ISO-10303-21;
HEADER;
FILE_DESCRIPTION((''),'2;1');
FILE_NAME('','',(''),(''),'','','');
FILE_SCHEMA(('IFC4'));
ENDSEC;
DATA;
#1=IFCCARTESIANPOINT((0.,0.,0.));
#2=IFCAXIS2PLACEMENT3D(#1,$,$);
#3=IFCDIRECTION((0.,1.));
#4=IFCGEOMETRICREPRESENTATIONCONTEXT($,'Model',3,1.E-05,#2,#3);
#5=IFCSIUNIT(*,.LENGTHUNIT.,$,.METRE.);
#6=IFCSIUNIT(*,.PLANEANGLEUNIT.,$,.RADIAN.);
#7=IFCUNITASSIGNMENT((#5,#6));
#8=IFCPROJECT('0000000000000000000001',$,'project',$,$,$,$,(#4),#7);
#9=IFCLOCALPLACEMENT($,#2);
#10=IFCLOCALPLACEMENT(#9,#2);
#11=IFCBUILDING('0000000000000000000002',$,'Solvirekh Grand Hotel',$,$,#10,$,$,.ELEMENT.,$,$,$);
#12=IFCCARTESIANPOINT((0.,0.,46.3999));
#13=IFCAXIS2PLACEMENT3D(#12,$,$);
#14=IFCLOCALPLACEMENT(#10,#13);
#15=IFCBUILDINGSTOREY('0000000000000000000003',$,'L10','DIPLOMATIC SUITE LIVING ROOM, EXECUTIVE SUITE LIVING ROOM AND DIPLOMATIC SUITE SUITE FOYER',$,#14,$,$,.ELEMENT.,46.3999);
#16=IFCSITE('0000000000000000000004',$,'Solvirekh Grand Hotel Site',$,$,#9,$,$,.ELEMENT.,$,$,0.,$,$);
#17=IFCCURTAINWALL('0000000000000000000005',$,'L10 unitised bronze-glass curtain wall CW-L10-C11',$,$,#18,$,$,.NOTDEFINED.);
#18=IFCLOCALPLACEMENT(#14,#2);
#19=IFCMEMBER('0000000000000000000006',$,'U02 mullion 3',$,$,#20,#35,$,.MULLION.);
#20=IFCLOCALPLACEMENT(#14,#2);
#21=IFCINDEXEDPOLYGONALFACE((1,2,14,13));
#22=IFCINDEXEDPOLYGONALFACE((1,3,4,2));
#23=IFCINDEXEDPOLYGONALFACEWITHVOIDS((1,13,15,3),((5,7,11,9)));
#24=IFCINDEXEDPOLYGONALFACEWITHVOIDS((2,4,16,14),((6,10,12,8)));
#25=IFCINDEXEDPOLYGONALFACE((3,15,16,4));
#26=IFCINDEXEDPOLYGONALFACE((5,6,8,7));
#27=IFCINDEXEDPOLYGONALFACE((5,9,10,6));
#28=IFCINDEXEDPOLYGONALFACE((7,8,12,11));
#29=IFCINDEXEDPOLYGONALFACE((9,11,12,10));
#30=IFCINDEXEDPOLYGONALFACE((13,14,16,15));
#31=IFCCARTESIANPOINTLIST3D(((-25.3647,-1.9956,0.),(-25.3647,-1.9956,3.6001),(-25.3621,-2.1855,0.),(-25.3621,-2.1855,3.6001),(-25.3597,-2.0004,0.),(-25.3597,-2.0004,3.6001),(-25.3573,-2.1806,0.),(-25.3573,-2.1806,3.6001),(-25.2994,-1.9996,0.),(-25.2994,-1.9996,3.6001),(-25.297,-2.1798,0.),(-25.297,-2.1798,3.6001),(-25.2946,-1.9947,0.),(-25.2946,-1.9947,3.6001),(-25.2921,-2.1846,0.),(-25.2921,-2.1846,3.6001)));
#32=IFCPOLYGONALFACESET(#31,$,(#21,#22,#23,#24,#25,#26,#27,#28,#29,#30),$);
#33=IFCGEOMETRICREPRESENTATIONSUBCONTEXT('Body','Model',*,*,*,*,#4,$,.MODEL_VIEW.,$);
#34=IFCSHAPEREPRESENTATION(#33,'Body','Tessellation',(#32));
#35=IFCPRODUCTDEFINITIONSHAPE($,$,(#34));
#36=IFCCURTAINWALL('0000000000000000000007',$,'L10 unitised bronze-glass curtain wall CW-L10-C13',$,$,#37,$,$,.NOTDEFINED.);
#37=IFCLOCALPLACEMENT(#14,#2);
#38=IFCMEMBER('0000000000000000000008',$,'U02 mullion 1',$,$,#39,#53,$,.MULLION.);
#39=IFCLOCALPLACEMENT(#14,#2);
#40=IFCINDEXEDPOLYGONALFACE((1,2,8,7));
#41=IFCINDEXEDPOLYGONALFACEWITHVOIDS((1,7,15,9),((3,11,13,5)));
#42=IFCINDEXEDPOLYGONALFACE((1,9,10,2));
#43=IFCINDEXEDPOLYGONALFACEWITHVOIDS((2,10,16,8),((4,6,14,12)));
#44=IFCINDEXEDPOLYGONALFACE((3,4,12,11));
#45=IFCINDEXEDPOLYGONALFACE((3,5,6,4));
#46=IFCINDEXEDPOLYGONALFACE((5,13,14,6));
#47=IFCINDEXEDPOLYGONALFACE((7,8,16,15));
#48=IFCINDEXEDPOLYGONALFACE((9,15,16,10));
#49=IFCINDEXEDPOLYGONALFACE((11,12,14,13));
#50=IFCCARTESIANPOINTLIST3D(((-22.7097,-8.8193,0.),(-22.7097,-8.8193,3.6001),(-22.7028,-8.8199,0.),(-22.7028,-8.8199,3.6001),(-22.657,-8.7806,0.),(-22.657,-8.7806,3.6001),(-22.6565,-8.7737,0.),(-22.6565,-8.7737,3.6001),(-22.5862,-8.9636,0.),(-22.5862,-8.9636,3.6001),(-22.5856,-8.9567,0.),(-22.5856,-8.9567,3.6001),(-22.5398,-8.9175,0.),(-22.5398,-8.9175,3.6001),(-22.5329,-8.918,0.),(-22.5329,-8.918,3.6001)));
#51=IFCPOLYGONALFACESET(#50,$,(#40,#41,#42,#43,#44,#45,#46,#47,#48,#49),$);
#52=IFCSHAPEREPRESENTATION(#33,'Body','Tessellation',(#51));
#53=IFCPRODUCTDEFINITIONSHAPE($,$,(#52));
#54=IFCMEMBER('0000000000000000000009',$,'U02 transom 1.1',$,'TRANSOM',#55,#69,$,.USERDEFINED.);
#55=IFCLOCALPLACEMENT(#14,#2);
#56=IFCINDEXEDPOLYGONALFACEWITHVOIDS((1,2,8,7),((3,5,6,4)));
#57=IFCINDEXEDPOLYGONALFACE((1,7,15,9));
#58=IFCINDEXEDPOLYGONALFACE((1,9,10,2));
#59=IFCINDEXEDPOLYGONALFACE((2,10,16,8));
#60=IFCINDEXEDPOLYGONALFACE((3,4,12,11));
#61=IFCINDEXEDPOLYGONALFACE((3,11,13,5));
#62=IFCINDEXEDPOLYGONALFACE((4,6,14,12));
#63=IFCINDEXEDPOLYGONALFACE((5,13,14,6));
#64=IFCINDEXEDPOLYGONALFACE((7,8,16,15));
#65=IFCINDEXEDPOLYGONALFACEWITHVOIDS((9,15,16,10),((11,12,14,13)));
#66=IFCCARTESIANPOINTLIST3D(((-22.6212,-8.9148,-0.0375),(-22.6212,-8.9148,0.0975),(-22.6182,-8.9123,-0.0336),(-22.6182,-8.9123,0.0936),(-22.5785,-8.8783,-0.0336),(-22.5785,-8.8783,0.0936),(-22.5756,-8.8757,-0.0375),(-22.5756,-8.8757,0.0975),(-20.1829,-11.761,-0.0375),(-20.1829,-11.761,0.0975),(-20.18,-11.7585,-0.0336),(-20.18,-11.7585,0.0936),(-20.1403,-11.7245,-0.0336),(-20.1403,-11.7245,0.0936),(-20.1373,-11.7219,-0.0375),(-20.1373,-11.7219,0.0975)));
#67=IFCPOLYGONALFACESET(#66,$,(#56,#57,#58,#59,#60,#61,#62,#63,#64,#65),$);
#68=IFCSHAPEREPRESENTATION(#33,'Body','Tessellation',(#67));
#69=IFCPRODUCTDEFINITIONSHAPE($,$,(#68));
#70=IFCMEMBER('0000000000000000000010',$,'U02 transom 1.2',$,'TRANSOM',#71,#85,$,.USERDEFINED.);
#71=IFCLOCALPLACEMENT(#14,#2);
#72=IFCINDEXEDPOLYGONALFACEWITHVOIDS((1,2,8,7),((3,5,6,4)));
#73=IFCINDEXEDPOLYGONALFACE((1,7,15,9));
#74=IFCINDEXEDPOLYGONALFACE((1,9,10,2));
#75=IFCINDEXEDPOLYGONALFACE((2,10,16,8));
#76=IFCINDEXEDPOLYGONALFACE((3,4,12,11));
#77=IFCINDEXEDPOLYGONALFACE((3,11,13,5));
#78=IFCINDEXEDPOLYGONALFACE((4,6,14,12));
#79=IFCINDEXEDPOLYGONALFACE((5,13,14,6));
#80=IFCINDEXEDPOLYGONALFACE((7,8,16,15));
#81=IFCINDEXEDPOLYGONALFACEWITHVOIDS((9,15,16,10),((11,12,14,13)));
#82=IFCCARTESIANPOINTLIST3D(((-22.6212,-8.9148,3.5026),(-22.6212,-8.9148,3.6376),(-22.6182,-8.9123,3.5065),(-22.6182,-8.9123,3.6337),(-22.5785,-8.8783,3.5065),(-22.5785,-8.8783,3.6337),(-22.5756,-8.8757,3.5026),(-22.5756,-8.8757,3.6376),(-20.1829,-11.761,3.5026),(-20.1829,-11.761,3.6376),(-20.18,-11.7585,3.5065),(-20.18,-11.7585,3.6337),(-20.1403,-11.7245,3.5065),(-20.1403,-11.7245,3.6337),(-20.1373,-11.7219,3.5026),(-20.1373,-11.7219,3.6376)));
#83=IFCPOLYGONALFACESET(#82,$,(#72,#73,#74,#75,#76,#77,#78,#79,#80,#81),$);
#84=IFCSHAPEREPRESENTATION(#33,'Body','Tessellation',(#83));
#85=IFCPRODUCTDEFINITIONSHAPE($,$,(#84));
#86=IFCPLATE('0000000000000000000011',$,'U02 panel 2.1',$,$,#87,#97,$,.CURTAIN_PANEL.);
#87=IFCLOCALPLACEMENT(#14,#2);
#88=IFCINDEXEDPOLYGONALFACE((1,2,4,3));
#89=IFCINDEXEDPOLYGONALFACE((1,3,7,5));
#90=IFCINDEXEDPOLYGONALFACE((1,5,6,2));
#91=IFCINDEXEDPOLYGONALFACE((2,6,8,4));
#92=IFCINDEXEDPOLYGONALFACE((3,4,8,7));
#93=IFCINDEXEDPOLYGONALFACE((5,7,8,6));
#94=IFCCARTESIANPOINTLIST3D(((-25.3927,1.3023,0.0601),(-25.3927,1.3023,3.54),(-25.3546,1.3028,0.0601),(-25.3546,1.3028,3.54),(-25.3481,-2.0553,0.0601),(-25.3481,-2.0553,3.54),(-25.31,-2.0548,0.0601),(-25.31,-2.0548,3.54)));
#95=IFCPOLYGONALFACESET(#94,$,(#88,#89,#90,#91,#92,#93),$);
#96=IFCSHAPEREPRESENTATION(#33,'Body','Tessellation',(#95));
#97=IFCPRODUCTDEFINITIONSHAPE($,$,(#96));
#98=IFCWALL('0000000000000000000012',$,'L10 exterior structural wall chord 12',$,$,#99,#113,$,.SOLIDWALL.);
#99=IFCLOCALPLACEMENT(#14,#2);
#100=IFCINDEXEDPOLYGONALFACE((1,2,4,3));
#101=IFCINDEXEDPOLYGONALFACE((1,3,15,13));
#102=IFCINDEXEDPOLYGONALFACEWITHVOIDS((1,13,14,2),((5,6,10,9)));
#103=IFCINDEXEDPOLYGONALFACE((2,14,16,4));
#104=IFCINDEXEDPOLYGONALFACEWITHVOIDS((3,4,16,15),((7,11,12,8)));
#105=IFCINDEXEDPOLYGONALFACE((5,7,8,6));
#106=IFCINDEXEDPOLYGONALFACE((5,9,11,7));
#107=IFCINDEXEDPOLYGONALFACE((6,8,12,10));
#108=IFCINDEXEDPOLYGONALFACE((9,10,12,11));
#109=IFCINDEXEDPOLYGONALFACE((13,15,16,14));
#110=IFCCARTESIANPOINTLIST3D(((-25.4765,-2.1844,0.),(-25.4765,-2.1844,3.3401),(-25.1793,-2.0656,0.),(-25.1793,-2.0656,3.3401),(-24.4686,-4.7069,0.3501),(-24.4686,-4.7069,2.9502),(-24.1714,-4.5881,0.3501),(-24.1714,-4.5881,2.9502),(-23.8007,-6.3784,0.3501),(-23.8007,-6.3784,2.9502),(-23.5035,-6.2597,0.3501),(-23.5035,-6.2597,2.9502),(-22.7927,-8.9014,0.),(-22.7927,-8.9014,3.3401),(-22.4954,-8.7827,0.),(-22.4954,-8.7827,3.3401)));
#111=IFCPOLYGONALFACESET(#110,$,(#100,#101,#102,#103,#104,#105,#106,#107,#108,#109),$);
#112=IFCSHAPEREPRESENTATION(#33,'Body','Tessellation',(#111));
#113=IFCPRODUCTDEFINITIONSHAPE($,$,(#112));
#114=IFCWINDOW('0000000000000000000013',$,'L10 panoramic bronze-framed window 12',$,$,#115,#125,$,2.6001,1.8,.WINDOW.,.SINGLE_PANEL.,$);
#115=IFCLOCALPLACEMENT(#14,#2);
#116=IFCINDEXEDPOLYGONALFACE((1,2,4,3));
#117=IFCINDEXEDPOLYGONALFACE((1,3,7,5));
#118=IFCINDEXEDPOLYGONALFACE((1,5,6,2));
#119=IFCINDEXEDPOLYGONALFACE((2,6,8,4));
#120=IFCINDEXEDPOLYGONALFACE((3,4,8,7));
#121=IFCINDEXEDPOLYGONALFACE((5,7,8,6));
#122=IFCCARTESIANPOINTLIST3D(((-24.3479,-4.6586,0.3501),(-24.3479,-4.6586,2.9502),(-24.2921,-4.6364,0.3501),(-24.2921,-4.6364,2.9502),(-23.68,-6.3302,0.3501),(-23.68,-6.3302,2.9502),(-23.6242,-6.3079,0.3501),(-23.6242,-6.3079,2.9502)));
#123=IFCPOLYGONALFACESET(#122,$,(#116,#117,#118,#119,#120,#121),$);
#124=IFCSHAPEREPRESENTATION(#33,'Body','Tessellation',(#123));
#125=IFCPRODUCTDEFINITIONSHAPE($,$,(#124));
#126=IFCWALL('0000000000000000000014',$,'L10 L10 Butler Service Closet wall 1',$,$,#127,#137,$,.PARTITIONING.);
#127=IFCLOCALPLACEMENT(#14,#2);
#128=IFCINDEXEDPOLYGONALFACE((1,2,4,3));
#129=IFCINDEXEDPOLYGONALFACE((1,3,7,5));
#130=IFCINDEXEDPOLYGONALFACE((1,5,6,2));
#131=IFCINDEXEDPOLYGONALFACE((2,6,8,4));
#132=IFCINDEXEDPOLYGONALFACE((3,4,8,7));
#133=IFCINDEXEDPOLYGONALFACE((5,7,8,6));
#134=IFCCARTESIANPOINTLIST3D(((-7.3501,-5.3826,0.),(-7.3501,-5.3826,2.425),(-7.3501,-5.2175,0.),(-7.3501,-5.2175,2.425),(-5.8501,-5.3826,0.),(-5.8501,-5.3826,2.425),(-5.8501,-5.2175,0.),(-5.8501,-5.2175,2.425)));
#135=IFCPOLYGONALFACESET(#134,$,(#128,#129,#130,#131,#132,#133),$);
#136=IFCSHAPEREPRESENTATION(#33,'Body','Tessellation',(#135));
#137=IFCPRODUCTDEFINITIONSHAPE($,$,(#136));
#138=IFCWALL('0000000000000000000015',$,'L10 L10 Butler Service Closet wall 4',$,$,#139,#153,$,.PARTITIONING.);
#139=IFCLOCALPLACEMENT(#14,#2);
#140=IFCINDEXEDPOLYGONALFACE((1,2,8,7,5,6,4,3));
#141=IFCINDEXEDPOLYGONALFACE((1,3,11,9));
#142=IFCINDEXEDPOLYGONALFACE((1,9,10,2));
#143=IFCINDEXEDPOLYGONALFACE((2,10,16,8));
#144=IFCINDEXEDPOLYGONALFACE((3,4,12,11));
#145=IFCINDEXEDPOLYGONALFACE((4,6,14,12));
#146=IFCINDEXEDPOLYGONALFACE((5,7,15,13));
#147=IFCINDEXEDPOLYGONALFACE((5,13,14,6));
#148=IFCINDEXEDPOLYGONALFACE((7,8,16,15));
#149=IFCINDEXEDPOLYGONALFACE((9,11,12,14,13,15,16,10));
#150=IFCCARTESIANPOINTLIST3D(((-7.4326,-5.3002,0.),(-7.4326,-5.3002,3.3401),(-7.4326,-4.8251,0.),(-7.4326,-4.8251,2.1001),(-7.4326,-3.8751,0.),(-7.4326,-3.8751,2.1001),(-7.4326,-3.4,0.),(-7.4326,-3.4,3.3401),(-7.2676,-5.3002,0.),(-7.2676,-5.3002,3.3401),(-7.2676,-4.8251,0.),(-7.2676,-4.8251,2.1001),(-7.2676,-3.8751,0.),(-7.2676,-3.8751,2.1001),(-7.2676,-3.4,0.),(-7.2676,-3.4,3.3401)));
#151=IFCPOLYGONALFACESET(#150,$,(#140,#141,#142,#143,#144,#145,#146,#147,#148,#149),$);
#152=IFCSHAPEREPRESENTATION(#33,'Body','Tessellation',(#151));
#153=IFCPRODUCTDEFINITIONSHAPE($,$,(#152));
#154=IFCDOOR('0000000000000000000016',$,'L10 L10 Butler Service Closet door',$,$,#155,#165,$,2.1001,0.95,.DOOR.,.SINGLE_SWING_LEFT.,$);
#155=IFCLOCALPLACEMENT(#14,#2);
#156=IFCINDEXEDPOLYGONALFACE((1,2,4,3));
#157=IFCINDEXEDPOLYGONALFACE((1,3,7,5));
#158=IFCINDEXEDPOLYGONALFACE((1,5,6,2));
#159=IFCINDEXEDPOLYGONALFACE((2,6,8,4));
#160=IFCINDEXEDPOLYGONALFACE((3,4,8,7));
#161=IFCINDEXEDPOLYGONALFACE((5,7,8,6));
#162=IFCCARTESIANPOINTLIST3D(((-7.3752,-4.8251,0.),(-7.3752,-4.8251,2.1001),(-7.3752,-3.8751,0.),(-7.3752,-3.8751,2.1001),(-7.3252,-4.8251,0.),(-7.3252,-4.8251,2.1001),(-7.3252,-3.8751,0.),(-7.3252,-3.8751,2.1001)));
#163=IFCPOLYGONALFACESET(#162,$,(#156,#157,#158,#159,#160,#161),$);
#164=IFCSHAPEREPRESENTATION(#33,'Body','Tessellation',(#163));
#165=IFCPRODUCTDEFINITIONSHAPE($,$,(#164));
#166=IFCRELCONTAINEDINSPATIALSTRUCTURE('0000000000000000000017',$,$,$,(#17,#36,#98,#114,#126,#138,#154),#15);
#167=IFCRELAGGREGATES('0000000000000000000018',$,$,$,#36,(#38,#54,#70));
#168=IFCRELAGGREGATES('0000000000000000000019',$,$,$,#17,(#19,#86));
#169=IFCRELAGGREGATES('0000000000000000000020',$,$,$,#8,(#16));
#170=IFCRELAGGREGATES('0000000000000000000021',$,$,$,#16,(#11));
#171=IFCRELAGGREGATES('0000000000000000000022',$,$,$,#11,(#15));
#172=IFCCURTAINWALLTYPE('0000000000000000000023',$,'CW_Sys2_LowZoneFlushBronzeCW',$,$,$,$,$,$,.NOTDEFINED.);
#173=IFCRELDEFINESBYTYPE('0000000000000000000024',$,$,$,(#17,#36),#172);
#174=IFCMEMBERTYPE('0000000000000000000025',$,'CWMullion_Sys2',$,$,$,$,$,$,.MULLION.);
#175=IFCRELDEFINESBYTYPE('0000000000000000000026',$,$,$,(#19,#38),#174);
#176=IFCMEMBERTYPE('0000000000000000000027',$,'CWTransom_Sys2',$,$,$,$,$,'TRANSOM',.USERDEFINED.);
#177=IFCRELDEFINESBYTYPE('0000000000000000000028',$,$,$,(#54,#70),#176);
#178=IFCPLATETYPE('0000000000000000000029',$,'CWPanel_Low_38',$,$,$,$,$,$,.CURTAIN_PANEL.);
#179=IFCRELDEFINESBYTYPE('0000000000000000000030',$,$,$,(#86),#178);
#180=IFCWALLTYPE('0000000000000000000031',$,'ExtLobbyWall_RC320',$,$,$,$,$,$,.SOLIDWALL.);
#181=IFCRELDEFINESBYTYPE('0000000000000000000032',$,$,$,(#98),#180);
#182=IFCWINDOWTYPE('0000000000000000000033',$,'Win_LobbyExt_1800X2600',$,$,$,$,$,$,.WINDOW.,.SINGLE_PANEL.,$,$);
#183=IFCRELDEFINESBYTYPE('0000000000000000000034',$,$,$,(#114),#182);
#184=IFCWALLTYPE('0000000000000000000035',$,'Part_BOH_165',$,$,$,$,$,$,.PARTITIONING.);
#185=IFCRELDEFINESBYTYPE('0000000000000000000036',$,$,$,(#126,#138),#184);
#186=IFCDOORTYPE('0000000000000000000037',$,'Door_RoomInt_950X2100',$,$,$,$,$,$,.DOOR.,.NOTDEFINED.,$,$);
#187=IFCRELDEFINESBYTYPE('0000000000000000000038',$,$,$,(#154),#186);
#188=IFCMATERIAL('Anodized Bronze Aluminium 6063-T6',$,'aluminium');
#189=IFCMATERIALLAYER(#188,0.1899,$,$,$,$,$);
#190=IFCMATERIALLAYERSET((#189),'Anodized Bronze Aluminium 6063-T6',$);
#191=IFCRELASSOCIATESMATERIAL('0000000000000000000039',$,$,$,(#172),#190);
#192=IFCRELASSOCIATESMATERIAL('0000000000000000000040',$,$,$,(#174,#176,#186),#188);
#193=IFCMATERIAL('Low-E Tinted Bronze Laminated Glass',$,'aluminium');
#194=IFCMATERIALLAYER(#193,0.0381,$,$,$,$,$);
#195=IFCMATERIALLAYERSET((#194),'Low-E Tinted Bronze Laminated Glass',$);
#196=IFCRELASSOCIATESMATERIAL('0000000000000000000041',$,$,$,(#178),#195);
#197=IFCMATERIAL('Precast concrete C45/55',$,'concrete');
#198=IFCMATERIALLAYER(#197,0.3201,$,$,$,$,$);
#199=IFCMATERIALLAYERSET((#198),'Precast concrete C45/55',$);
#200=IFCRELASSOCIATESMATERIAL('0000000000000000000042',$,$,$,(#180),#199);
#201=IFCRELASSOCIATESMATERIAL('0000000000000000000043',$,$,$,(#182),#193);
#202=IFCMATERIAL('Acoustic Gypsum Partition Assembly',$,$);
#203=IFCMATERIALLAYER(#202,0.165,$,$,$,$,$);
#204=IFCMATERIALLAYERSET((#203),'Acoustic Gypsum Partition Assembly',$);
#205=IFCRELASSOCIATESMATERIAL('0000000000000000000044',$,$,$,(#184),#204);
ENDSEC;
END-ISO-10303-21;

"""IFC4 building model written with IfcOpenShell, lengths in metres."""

from ifc_helpers import new_model, si_unit, direction, frame, frame_2d, origin, origin_2d, place, context, subcontext, project, spatial, rectangle, hollow_rectangle, extrude, source, transform, mapped, material, layer, layer_set, material_profile, profile_set, type_object, element, fill, aggregate, save


model = new_model("IFC4")

# Units and contexts
model_context = context("Model", 3, precision=1e-05, world=origin(), true_north=direction((0.0, 1.0)))
body_context = subcontext(model_context, "Body", "Model", "MODEL_VIEW")
ifc_project = project(units=[si_unit("LENGTHUNIT", "METRE"), si_unit("PLANEANGLEUNIT", "RADIAN")], contexts=[model_context])

# Site, building, storey
site_placement = place(None, origin())
site = spatial("IfcSite", under=ifc_project, at=site_placement, Name="Solvirekh Grand Hotel Site", CompositionType="ELEMENT", RefElevation=0.0)
building_placement = place(site_placement, origin())
building = spatial("IfcBuilding", under=site, at=building_placement, Name="Solvirekh Grand Hotel", CompositionType="ELEMENT")
storey_placement = place(building_placement, frame((0.0, 0.0, 46.3999)))
storey = spatial("IfcBuildingStorey", under=building, at=storey_placement, Name="L10", Description="DIPLOMATIC SUITE LIVING ROOM, EXECUTIVE SUITE LIVING ROOM AND DIPLOMATIC SUITE SUITE FOYER", CompositionType="ELEMENT", Elevation=46.3999)

# Curtain wall, member
ifc_material_1 = material(Name="Anodized Bronze Aluminium 6063-T6", Category="aluminium")
ifc_layer_1 = layer(ifc_material_1, 0.1899)
ifc_layer_set_1 = layer_set([ifc_layer_1], Name="Anodized Bronze Aluminium 6063-T6")
curtain_wall_type = type_object("IfcCurtainWallType", Name="CW_Sys2_LowZoneFlushBronzeCW", PredefinedType="NOTDEFINED", material=ifc_layer_set_1)
curtain_wall_1_placement = place(storey_placement, origin())
curtain_wall_1 = element("IfcCurtainWall", 1, at=curtain_wall_1_placement, inside=storey, type_object=curtain_wall_type, Name="L10 unitised bronze-glass curtain wall CW-L10-C11", PredefinedType="NOTDEFINED")
ifc_material_profile_1 = material_profile(ifc_material_1, hollow_rectangle(XDim=0.0701, YDim=0.1899, WallThickness=0.0049, at=origin_2d()), Name="ALU RHS 190X70X5")
ifc_profile_set_1 = profile_set([ifc_material_profile_1], Name="Anodized Bronze Aluminium 6063-T6")
member_type_1 = type_object("IfcMemberType", Name="CWMullion_Sys2", PredefinedType="MULLION", material=ifc_profile_set_1)
shared_shape_1 = source(origin(), body_context, "Body", "SweptSolid", [
    extrude(hollow_rectangle(XDim=0.0701, YDim=0.1899, WallThickness=0.0049, at=origin_2d()), origin(), (0.0, 0.0, 1.0), 3.6001),
])
member_1_placement = place(storey_placement, frame((-25.3284, -2.0901, 0.0), z_axis=(0.0, 0.0, 1.0), x_axis=(0.999912, 0.013284, 0.0)))
member_1 = element("IfcMember", 2, at=member_1_placement, type_object=member_type_1, Name="U02 mullion 3", PredefinedType="MULLION", context=body_context, shape_type="MappedRepresentation", body=[
    mapped(shared_shape_1, transform((0.0, 0.0, 0.0), x_axis=(1.0, 0.0, 0.0), y_axis=(0.0, 1.0, 0.0), z_axis=(0.0, 0.0, 1.0), scale=1.0)),
])

# Curtain wall, members
curtain_wall_2_placement = place(storey_placement, origin())
curtain_wall_2 = element("IfcCurtainWall", 3, at=curtain_wall_2_placement, inside=storey, type_object=curtain_wall_type, Name="L10 unitised bronze-glass curtain wall CW-L10-C13", PredefinedType="NOTDEFINED")
member_2_placement = place(storey_placement, frame((-22.6213, -8.8687, 0.0), z_axis=(0.0, 0.0, 1.0), x_axis=(0.759449, 0.650567, 0.0)))
member_2 = element("IfcMember", 4, at=member_2_placement, type_object=member_type_1, Name="U02 mullion 1", PredefinedType="MULLION", context=body_context, shape_type="MappedRepresentation", body=[
    mapped(shared_shape_1, transform((0.0, 0.0, 0.0), x_axis=(1.0, 0.0, 0.0), y_axis=(0.0, 1.0, 0.0), z_axis=(0.0, 0.0, 1.0), scale=1.0)),
])
ifc_material_profile_2 = material_profile(ifc_material_1, hollow_rectangle(XDim=0.0601, YDim=0.135, WallThickness=0.0039, at=origin_2d()), Name="ALU RHS 135X60X4")
ifc_profile_set_2 = profile_set([ifc_material_profile_2], Name="Anodized Bronze Aluminium 6063-T6")
member_type_2 = type_object("IfcMemberType", Name="CWTransom_Sys2", ElementType="TRANSOM", PredefinedType="USERDEFINED", material=ifc_profile_set_2)
shared_shape_2 = source(origin(), body_context, "Body", "SweptSolid", [
    extrude(hollow_rectangle(XDim=0.0601, YDim=0.135, WallThickness=0.0039, at=origin_2d()), origin(), (0.0, 0.0, 1.0), 3.7478),
])
member_3_placement = place(storey_placement, frame((-22.5984, -8.8953, 0.03), z_axis=(0.650582, -0.759436, 0.0), x_axis=(0.759436, 0.650582, 0.0)))
member_3 = element("IfcMember", 5, at=member_3_placement, type_object=member_type_2, Name="U02 transom 1.1", ObjectType="TRANSOM", PredefinedType="USERDEFINED", context=body_context, shape_type="MappedRepresentation", body=[
    mapped(shared_shape_2, transform((0.0, 0.0, 0.0), x_axis=(1.0, 0.0, 0.0), y_axis=(0.0, 1.0, 0.0), z_axis=(0.0, 0.0, 1.0), scale=1.0)),
])
member_4_placement = place(storey_placement, frame((-22.5984, -8.8953, 3.5701), z_axis=(0.650582, -0.759436, 0.0), x_axis=(0.759436, 0.650582, 0.0)))
member_4 = element("IfcMember", 6, at=member_4_placement, type_object=member_type_2, Name="U02 transom 1.2", ObjectType="TRANSOM", PredefinedType="USERDEFINED", context=body_context, shape_type="MappedRepresentation", body=[
    mapped(shared_shape_2, transform((0.0, 0.0, 0.0), x_axis=(1.0, 0.0, 0.0), y_axis=(0.0, 1.0, 0.0), z_axis=(0.0, 0.0, 1.0), scale=1.0)),
])
aggregate(curtain_wall_2, [member_2, member_3, member_4])

# Plate
ifc_material_2 = material(Name="Low-E Tinted Bronze Laminated Glass", Category="aluminium")
ifc_layer_2 = layer(ifc_material_2, 0.0381)
ifc_layer_set_2 = layer_set([ifc_layer_2], Name="Low-E Tinted Bronze Laminated Glass")
plate_type = type_object("IfcPlateType", Name="CWPanel_Low_38", PredefinedType="CURTAIN_PANEL", material=ifc_layer_set_2)
shared_shape_3 = source(origin(), body_context, "Body", "SweptSolid", [
    extrude(rectangle(XDim=3.3579, YDim=0.0381, at=origin_2d()), origin(), (0.0, 0.0, 1.0), 3.48),
])
plate_placement = place(storey_placement, frame((-25.3513, -0.3762, 0.0601), z_axis=(0.0, 0.0, 1.0), x_axis=(0.013284, -0.999912, 0.0)))
plate = element("IfcPlate", 7, at=plate_placement, type_object=plate_type, Name="U02 panel 2.1", PredefinedType="CURTAIN_PANEL", context=body_context, shape_type="MappedRepresentation", body=[
    mapped(shared_shape_3, transform((0.0, 0.0, 0.0), x_axis=(1.0, 0.0, 0.0), y_axis=(0.0, 1.0, 0.0), z_axis=(0.0, 0.0, 1.0), scale=1.0)),
])
aggregate(curtain_wall_1, [member_1, plate])

# Wall, opening, window
ifc_material_3 = material(Name="Precast concrete C45/55", Category="concrete")
ifc_layer_3 = layer(ifc_material_3, 0.3201)
ifc_layer_set_3 = layer_set([ifc_layer_3], Name="Precast concrete C45/55")
wall_type_1 = type_object("IfcWallType", Name="ExtLobbyWall_RC320", PredefinedType="SOLIDWALL", material=ifc_layer_set_3)
wall_1_placement = place(storey_placement, frame((-22.644, -8.842, 0.0), z_axis=(0.0, 0.0, 1.0), x_axis=(-0.371036, 0.928619, 0.0)))
wall_1 = element("IfcWall", 8, at=wall_1_placement, inside=storey, type_object=wall_type_1, Name="L10 exterior structural wall chord 12", PredefinedType="SOLIDWALL", context=body_context, shape_type="SweptSolid", body=[
    extrude(rectangle(XDim=7.2334, YDim=0.3201, at=frame_2d((3.6167, 0.0))), origin(), (0.0, 0.0, 1.0), 3.3401),
])
opening_1_placement = place(wall_1_placement, frame((2.717, 0.0, 0.3501)))
opening_1 = element("IfcOpeningElement", 9, at=opening_1_placement, cuts=wall_1, PredefinedType="OPENING", context=body_context, shape_type="SweptSolid", body=[
    extrude(rectangle(XDim=1.8, YDim=2.6001, at=frame_2d((0.8999, 1.3))), frame((0.0, 0.1699, 0.0), z_axis=(0.0, -1.0, 0.0), x_axis=(1.0, 0.0, 0.0)), (0.0, 0.0, 1.0), 0.3401),
])
window_type = type_object("IfcWindowType", Name="Win_LobbyExt_1800X2600", PartitioningType="SINGLE_PANEL", PredefinedType="WINDOW", material=ifc_material_2)
window_placement = place(opening_1_placement, origin())
window = element("IfcWindow", 10, at=window_placement, inside=storey, type_object=window_type, Name="L10 panoramic bronze-framed window 12", OverallHeight=2.6001, OverallWidth=1.8, PartitioningType="SINGLE_PANEL", PredefinedType="WINDOW", context=body_context, shape_type="SweptSolid", body=[
    extrude(rectangle(XDim=1.8, YDim=2.6001, at=frame_2d((0.8999, 1.3))), frame((0.0, 0.03, 0.0), z_axis=(0.0, -1.0, 0.0), x_axis=(1.0, 0.0, 0.0)), (0.0, 0.0, 1.0), 0.0601),
])
fill(opening_1, window)

# Wall
ifc_material_4 = material(Name="Acoustic Gypsum Partition Assembly")
ifc_layer_4 = layer(ifc_material_4, 0.165)
ifc_layer_set_4 = layer_set([ifc_layer_4], Name="Acoustic Gypsum Partition Assembly")
wall_type_2 = type_object("IfcWallType", Name="Part_BOH_165", PredefinedType="PARTITIONING", material=ifc_layer_set_4)
wall_2_placement = place(storey_placement, frame((-7.3501, -5.3, 0.0), z_axis=(0.0, 0.0, 1.0), x_axis=(1.0, 0.0, 0.0)))
element("IfcWall", 11, at=wall_2_placement, inside=storey, type_object=wall_type_2, Name="L10 L10 Butler Service Closet wall 1", PredefinedType="PARTITIONING", context=body_context, shape_type="SweptSolid", body=[
    extrude(rectangle(XDim=1.5, YDim=0.165, at=frame_2d((0.75, 0.0))), origin(), (0.0, 0.0, 1.0), 2.425),
])

# Wall, opening, door
wall_3_placement = place(storey_placement, frame((-7.3501, -3.3999, 0.0), z_axis=(0.0, 0.0, 1.0), x_axis=(0.0, -1.0, 0.0)))
wall_3 = element("IfcWall", 12, at=wall_3_placement, inside=storey, type_object=wall_type_2, Name="L10 L10 Butler Service Closet wall 4", PredefinedType="PARTITIONING", context=body_context, shape_type="SweptSolid", body=[
    extrude(rectangle(XDim=1.9001, YDim=0.165, at=frame_2d((0.9502, 0.0))), origin(), (0.0, 0.0, 1.0), 3.3401),
])
opening_2_placement = place(wall_3_placement, frame((0.4751, 0.0, 0.0)))
opening_2 = element("IfcOpeningElement", 13, at=opening_2_placement, cuts=wall_3, PredefinedType="OPENING", context=body_context, shape_type="SweptSolid", body=[
    extrude(rectangle(XDim=0.95, YDim=2.1001, at=frame_2d((0.4751, 1.05))), frame((0.0, 0.0925, 0.0), z_axis=(0.0, -1.0, 0.0), x_axis=(1.0, 0.0, 0.0)), (0.0, 0.0, 1.0), 0.1851),
])
door_type_1 = type_object("IfcDoorType", Name="Door_RoomInt_950X2100", OperationType="NOTDEFINED", PredefinedType="DOOR", material=ifc_material_1)
door_1_placement = place(opening_2_placement, origin())
door_1 = element("IfcDoor", 14, at=door_1_placement, inside=storey, type_object=door_type_1, Name="L10 L10 Butler Service Closet door", OperationType="SINGLE_SWING_LEFT", OverallHeight=2.1001, OverallWidth=0.95, PredefinedType="DOOR", context=body_context, shape_type="SweptSolid", body=[
    extrude(rectangle(XDim=0.95, YDim=2.1001, at=frame_2d((0.4751, 1.05))), frame((0.0, 0.0249, 0.0), z_axis=(0.0, -1.0, 0.0), x_axis=(1.0, 0.0, 0.0)), (0.0, 0.0, 1.0), 0.05),
])
fill(opening_2, door_1)

save(model, "model.ifc")
